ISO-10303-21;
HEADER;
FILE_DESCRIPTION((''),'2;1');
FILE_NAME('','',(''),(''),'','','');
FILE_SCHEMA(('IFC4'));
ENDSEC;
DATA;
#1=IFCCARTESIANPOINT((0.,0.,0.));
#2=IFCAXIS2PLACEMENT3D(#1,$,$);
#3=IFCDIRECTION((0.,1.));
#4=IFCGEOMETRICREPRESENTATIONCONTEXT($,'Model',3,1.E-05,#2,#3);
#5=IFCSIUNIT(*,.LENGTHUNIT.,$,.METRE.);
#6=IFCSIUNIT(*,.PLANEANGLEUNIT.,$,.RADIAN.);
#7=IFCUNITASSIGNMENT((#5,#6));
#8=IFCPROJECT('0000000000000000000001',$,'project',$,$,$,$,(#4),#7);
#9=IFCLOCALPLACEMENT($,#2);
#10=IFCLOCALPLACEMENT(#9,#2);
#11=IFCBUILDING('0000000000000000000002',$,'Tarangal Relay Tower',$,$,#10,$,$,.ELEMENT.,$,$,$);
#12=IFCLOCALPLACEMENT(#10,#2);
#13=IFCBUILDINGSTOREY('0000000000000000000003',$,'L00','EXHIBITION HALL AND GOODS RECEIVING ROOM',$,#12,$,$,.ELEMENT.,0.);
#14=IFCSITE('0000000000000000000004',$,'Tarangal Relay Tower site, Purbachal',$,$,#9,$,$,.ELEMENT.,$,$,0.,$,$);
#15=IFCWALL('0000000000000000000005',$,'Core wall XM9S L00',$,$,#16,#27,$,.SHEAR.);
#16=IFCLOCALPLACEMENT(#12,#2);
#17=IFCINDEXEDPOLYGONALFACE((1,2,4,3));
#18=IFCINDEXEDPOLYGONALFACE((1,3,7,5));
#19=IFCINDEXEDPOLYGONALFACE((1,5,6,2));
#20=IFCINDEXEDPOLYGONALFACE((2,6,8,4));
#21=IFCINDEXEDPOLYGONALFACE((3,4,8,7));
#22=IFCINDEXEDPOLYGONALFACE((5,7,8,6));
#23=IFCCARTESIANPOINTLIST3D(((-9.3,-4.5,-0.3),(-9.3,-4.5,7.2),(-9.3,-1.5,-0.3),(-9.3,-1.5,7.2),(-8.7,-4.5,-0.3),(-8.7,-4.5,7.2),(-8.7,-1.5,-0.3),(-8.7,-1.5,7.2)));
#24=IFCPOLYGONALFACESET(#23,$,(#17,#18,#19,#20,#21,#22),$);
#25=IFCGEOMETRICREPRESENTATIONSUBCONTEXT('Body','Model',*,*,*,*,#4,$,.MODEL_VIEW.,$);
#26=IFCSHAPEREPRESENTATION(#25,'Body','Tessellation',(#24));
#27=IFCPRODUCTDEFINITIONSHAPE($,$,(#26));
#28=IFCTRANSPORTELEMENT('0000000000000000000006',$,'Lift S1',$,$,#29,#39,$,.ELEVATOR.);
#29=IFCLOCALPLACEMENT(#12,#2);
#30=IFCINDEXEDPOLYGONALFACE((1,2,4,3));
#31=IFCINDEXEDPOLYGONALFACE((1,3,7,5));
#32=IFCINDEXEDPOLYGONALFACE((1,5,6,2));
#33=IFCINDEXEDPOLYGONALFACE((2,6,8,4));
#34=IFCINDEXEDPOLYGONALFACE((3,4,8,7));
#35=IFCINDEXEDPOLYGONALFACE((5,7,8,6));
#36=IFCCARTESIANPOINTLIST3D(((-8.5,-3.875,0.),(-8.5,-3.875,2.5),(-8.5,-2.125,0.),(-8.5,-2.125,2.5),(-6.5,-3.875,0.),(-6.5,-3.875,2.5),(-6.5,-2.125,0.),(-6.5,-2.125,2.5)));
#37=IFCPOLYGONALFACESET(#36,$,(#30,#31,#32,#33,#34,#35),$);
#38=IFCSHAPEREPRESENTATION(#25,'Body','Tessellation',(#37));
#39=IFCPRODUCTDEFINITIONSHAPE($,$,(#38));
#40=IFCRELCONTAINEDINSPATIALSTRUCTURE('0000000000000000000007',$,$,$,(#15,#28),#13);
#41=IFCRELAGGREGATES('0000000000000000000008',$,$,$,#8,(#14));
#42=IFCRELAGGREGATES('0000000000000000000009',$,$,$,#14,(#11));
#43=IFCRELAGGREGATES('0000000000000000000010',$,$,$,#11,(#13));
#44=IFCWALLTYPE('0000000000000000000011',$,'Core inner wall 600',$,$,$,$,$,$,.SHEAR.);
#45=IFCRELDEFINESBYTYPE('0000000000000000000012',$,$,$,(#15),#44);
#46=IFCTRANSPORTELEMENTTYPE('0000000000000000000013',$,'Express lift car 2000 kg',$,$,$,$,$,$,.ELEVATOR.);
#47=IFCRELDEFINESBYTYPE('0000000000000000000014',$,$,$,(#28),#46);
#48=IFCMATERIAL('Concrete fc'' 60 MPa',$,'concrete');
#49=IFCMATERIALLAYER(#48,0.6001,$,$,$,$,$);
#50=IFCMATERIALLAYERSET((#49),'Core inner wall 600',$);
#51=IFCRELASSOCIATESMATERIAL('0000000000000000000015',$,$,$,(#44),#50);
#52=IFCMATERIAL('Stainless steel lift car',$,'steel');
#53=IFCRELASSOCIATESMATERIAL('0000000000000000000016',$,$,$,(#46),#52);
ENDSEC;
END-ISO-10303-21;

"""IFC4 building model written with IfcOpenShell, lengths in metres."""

from ifc_helpers import new_model, si_unit, direction, frame, frame_2d, origin, origin_2d, place, context, subcontext, project, spatial, rectangle, extrude, material, layer, layer_set, type_object, element, save


model = new_model("IFC4")

# Units and contexts
model_context = context("Model", 3, precision=1e-05, world=origin(), true_north=direction((0.0, 1.0)))
body_context = subcontext(model_context, "Body", "Model", "MODEL_VIEW")
ifc_project = project(units=[si_unit("LENGTHUNIT", "METRE"), si_unit("PLANEANGLEUNIT", "RADIAN")], contexts=[model_context])

# Site, building, storey
site_placement = place(None, origin())
site = spatial("IfcSite", under=ifc_project, at=site_placement, Name="Tarangal Relay Tower site, Purbachal", CompositionType="ELEMENT", RefElevation=0.0)
building_placement = place(site_placement, origin())
building = spatial("IfcBuilding", under=site, at=building_placement, Name="Tarangal Relay Tower", CompositionType="ELEMENT")
storey_placement = place(building_placement, origin())
storey = spatial("IfcBuildingStorey", under=building, at=storey_placement, Name="L00", Description="EXHIBITION HALL AND GOODS RECEIVING ROOM", CompositionType="ELEMENT", Elevation=0.0)

# Shared definitions
ifc_material_1 = material(Name="Concrete fc' 60 MPa", Category="concrete")
ifc_layer = layer(ifc_material_1, 0.6001)
ifc_layer_set = layer_set([ifc_layer], Name="Core inner wall 600")
wall_type = type_object("IfcWallType", Name="Core inner wall 600", PredefinedType="SHEAR", material=ifc_layer_set)

# Wall
wall_1_placement = place(storey_placement, frame((-9.0, -4.5, -0.3), z_axis=(0.0, 0.0, 1.0), x_axis=(0.0, 1.0, 0.0)))
element("IfcWall", 1, at=wall_1_placement, inside=storey, type_object=wall_type, Name="Core wall XM9S L00", PredefinedType="SHEAR", context=body_context, shape_type="SweptSolid", body=[
    extrude(rectangle(XDim=3.0, YDim=0.6001, at=frame_2d((1.5, 0.0))), origin(), (0.0, 0.0, 1.0), 7.5),
])

# Transport element
ifc_material_2 = material(Name="Stainless steel lift car", Category="steel")
transport_element_type = type_object("IfcTransportElementType", Name="Express lift car 2000 kg", PredefinedType="ELEVATOR", material=ifc_material_2)
transport_element_placement = place(storey_placement, frame((-7.5, -3.0, 0.0), z_axis=(0.0, 0.0, 1.0), x_axis=(1.0, 0.0, 0.0)))
element("IfcTransportElement", 2, at=transport_element_placement, inside=storey, type_object=transport_element_type, Name="Lift S1", PredefinedType="ELEVATOR", context=body_context, shape_type="SweptSolid", body=[
    extrude(rectangle(XDim=2.0, YDim=1.75, at=origin_2d()), origin(), (0.0, 0.0, 1.0), 2.5),
])

save(model, "model.ifc")
